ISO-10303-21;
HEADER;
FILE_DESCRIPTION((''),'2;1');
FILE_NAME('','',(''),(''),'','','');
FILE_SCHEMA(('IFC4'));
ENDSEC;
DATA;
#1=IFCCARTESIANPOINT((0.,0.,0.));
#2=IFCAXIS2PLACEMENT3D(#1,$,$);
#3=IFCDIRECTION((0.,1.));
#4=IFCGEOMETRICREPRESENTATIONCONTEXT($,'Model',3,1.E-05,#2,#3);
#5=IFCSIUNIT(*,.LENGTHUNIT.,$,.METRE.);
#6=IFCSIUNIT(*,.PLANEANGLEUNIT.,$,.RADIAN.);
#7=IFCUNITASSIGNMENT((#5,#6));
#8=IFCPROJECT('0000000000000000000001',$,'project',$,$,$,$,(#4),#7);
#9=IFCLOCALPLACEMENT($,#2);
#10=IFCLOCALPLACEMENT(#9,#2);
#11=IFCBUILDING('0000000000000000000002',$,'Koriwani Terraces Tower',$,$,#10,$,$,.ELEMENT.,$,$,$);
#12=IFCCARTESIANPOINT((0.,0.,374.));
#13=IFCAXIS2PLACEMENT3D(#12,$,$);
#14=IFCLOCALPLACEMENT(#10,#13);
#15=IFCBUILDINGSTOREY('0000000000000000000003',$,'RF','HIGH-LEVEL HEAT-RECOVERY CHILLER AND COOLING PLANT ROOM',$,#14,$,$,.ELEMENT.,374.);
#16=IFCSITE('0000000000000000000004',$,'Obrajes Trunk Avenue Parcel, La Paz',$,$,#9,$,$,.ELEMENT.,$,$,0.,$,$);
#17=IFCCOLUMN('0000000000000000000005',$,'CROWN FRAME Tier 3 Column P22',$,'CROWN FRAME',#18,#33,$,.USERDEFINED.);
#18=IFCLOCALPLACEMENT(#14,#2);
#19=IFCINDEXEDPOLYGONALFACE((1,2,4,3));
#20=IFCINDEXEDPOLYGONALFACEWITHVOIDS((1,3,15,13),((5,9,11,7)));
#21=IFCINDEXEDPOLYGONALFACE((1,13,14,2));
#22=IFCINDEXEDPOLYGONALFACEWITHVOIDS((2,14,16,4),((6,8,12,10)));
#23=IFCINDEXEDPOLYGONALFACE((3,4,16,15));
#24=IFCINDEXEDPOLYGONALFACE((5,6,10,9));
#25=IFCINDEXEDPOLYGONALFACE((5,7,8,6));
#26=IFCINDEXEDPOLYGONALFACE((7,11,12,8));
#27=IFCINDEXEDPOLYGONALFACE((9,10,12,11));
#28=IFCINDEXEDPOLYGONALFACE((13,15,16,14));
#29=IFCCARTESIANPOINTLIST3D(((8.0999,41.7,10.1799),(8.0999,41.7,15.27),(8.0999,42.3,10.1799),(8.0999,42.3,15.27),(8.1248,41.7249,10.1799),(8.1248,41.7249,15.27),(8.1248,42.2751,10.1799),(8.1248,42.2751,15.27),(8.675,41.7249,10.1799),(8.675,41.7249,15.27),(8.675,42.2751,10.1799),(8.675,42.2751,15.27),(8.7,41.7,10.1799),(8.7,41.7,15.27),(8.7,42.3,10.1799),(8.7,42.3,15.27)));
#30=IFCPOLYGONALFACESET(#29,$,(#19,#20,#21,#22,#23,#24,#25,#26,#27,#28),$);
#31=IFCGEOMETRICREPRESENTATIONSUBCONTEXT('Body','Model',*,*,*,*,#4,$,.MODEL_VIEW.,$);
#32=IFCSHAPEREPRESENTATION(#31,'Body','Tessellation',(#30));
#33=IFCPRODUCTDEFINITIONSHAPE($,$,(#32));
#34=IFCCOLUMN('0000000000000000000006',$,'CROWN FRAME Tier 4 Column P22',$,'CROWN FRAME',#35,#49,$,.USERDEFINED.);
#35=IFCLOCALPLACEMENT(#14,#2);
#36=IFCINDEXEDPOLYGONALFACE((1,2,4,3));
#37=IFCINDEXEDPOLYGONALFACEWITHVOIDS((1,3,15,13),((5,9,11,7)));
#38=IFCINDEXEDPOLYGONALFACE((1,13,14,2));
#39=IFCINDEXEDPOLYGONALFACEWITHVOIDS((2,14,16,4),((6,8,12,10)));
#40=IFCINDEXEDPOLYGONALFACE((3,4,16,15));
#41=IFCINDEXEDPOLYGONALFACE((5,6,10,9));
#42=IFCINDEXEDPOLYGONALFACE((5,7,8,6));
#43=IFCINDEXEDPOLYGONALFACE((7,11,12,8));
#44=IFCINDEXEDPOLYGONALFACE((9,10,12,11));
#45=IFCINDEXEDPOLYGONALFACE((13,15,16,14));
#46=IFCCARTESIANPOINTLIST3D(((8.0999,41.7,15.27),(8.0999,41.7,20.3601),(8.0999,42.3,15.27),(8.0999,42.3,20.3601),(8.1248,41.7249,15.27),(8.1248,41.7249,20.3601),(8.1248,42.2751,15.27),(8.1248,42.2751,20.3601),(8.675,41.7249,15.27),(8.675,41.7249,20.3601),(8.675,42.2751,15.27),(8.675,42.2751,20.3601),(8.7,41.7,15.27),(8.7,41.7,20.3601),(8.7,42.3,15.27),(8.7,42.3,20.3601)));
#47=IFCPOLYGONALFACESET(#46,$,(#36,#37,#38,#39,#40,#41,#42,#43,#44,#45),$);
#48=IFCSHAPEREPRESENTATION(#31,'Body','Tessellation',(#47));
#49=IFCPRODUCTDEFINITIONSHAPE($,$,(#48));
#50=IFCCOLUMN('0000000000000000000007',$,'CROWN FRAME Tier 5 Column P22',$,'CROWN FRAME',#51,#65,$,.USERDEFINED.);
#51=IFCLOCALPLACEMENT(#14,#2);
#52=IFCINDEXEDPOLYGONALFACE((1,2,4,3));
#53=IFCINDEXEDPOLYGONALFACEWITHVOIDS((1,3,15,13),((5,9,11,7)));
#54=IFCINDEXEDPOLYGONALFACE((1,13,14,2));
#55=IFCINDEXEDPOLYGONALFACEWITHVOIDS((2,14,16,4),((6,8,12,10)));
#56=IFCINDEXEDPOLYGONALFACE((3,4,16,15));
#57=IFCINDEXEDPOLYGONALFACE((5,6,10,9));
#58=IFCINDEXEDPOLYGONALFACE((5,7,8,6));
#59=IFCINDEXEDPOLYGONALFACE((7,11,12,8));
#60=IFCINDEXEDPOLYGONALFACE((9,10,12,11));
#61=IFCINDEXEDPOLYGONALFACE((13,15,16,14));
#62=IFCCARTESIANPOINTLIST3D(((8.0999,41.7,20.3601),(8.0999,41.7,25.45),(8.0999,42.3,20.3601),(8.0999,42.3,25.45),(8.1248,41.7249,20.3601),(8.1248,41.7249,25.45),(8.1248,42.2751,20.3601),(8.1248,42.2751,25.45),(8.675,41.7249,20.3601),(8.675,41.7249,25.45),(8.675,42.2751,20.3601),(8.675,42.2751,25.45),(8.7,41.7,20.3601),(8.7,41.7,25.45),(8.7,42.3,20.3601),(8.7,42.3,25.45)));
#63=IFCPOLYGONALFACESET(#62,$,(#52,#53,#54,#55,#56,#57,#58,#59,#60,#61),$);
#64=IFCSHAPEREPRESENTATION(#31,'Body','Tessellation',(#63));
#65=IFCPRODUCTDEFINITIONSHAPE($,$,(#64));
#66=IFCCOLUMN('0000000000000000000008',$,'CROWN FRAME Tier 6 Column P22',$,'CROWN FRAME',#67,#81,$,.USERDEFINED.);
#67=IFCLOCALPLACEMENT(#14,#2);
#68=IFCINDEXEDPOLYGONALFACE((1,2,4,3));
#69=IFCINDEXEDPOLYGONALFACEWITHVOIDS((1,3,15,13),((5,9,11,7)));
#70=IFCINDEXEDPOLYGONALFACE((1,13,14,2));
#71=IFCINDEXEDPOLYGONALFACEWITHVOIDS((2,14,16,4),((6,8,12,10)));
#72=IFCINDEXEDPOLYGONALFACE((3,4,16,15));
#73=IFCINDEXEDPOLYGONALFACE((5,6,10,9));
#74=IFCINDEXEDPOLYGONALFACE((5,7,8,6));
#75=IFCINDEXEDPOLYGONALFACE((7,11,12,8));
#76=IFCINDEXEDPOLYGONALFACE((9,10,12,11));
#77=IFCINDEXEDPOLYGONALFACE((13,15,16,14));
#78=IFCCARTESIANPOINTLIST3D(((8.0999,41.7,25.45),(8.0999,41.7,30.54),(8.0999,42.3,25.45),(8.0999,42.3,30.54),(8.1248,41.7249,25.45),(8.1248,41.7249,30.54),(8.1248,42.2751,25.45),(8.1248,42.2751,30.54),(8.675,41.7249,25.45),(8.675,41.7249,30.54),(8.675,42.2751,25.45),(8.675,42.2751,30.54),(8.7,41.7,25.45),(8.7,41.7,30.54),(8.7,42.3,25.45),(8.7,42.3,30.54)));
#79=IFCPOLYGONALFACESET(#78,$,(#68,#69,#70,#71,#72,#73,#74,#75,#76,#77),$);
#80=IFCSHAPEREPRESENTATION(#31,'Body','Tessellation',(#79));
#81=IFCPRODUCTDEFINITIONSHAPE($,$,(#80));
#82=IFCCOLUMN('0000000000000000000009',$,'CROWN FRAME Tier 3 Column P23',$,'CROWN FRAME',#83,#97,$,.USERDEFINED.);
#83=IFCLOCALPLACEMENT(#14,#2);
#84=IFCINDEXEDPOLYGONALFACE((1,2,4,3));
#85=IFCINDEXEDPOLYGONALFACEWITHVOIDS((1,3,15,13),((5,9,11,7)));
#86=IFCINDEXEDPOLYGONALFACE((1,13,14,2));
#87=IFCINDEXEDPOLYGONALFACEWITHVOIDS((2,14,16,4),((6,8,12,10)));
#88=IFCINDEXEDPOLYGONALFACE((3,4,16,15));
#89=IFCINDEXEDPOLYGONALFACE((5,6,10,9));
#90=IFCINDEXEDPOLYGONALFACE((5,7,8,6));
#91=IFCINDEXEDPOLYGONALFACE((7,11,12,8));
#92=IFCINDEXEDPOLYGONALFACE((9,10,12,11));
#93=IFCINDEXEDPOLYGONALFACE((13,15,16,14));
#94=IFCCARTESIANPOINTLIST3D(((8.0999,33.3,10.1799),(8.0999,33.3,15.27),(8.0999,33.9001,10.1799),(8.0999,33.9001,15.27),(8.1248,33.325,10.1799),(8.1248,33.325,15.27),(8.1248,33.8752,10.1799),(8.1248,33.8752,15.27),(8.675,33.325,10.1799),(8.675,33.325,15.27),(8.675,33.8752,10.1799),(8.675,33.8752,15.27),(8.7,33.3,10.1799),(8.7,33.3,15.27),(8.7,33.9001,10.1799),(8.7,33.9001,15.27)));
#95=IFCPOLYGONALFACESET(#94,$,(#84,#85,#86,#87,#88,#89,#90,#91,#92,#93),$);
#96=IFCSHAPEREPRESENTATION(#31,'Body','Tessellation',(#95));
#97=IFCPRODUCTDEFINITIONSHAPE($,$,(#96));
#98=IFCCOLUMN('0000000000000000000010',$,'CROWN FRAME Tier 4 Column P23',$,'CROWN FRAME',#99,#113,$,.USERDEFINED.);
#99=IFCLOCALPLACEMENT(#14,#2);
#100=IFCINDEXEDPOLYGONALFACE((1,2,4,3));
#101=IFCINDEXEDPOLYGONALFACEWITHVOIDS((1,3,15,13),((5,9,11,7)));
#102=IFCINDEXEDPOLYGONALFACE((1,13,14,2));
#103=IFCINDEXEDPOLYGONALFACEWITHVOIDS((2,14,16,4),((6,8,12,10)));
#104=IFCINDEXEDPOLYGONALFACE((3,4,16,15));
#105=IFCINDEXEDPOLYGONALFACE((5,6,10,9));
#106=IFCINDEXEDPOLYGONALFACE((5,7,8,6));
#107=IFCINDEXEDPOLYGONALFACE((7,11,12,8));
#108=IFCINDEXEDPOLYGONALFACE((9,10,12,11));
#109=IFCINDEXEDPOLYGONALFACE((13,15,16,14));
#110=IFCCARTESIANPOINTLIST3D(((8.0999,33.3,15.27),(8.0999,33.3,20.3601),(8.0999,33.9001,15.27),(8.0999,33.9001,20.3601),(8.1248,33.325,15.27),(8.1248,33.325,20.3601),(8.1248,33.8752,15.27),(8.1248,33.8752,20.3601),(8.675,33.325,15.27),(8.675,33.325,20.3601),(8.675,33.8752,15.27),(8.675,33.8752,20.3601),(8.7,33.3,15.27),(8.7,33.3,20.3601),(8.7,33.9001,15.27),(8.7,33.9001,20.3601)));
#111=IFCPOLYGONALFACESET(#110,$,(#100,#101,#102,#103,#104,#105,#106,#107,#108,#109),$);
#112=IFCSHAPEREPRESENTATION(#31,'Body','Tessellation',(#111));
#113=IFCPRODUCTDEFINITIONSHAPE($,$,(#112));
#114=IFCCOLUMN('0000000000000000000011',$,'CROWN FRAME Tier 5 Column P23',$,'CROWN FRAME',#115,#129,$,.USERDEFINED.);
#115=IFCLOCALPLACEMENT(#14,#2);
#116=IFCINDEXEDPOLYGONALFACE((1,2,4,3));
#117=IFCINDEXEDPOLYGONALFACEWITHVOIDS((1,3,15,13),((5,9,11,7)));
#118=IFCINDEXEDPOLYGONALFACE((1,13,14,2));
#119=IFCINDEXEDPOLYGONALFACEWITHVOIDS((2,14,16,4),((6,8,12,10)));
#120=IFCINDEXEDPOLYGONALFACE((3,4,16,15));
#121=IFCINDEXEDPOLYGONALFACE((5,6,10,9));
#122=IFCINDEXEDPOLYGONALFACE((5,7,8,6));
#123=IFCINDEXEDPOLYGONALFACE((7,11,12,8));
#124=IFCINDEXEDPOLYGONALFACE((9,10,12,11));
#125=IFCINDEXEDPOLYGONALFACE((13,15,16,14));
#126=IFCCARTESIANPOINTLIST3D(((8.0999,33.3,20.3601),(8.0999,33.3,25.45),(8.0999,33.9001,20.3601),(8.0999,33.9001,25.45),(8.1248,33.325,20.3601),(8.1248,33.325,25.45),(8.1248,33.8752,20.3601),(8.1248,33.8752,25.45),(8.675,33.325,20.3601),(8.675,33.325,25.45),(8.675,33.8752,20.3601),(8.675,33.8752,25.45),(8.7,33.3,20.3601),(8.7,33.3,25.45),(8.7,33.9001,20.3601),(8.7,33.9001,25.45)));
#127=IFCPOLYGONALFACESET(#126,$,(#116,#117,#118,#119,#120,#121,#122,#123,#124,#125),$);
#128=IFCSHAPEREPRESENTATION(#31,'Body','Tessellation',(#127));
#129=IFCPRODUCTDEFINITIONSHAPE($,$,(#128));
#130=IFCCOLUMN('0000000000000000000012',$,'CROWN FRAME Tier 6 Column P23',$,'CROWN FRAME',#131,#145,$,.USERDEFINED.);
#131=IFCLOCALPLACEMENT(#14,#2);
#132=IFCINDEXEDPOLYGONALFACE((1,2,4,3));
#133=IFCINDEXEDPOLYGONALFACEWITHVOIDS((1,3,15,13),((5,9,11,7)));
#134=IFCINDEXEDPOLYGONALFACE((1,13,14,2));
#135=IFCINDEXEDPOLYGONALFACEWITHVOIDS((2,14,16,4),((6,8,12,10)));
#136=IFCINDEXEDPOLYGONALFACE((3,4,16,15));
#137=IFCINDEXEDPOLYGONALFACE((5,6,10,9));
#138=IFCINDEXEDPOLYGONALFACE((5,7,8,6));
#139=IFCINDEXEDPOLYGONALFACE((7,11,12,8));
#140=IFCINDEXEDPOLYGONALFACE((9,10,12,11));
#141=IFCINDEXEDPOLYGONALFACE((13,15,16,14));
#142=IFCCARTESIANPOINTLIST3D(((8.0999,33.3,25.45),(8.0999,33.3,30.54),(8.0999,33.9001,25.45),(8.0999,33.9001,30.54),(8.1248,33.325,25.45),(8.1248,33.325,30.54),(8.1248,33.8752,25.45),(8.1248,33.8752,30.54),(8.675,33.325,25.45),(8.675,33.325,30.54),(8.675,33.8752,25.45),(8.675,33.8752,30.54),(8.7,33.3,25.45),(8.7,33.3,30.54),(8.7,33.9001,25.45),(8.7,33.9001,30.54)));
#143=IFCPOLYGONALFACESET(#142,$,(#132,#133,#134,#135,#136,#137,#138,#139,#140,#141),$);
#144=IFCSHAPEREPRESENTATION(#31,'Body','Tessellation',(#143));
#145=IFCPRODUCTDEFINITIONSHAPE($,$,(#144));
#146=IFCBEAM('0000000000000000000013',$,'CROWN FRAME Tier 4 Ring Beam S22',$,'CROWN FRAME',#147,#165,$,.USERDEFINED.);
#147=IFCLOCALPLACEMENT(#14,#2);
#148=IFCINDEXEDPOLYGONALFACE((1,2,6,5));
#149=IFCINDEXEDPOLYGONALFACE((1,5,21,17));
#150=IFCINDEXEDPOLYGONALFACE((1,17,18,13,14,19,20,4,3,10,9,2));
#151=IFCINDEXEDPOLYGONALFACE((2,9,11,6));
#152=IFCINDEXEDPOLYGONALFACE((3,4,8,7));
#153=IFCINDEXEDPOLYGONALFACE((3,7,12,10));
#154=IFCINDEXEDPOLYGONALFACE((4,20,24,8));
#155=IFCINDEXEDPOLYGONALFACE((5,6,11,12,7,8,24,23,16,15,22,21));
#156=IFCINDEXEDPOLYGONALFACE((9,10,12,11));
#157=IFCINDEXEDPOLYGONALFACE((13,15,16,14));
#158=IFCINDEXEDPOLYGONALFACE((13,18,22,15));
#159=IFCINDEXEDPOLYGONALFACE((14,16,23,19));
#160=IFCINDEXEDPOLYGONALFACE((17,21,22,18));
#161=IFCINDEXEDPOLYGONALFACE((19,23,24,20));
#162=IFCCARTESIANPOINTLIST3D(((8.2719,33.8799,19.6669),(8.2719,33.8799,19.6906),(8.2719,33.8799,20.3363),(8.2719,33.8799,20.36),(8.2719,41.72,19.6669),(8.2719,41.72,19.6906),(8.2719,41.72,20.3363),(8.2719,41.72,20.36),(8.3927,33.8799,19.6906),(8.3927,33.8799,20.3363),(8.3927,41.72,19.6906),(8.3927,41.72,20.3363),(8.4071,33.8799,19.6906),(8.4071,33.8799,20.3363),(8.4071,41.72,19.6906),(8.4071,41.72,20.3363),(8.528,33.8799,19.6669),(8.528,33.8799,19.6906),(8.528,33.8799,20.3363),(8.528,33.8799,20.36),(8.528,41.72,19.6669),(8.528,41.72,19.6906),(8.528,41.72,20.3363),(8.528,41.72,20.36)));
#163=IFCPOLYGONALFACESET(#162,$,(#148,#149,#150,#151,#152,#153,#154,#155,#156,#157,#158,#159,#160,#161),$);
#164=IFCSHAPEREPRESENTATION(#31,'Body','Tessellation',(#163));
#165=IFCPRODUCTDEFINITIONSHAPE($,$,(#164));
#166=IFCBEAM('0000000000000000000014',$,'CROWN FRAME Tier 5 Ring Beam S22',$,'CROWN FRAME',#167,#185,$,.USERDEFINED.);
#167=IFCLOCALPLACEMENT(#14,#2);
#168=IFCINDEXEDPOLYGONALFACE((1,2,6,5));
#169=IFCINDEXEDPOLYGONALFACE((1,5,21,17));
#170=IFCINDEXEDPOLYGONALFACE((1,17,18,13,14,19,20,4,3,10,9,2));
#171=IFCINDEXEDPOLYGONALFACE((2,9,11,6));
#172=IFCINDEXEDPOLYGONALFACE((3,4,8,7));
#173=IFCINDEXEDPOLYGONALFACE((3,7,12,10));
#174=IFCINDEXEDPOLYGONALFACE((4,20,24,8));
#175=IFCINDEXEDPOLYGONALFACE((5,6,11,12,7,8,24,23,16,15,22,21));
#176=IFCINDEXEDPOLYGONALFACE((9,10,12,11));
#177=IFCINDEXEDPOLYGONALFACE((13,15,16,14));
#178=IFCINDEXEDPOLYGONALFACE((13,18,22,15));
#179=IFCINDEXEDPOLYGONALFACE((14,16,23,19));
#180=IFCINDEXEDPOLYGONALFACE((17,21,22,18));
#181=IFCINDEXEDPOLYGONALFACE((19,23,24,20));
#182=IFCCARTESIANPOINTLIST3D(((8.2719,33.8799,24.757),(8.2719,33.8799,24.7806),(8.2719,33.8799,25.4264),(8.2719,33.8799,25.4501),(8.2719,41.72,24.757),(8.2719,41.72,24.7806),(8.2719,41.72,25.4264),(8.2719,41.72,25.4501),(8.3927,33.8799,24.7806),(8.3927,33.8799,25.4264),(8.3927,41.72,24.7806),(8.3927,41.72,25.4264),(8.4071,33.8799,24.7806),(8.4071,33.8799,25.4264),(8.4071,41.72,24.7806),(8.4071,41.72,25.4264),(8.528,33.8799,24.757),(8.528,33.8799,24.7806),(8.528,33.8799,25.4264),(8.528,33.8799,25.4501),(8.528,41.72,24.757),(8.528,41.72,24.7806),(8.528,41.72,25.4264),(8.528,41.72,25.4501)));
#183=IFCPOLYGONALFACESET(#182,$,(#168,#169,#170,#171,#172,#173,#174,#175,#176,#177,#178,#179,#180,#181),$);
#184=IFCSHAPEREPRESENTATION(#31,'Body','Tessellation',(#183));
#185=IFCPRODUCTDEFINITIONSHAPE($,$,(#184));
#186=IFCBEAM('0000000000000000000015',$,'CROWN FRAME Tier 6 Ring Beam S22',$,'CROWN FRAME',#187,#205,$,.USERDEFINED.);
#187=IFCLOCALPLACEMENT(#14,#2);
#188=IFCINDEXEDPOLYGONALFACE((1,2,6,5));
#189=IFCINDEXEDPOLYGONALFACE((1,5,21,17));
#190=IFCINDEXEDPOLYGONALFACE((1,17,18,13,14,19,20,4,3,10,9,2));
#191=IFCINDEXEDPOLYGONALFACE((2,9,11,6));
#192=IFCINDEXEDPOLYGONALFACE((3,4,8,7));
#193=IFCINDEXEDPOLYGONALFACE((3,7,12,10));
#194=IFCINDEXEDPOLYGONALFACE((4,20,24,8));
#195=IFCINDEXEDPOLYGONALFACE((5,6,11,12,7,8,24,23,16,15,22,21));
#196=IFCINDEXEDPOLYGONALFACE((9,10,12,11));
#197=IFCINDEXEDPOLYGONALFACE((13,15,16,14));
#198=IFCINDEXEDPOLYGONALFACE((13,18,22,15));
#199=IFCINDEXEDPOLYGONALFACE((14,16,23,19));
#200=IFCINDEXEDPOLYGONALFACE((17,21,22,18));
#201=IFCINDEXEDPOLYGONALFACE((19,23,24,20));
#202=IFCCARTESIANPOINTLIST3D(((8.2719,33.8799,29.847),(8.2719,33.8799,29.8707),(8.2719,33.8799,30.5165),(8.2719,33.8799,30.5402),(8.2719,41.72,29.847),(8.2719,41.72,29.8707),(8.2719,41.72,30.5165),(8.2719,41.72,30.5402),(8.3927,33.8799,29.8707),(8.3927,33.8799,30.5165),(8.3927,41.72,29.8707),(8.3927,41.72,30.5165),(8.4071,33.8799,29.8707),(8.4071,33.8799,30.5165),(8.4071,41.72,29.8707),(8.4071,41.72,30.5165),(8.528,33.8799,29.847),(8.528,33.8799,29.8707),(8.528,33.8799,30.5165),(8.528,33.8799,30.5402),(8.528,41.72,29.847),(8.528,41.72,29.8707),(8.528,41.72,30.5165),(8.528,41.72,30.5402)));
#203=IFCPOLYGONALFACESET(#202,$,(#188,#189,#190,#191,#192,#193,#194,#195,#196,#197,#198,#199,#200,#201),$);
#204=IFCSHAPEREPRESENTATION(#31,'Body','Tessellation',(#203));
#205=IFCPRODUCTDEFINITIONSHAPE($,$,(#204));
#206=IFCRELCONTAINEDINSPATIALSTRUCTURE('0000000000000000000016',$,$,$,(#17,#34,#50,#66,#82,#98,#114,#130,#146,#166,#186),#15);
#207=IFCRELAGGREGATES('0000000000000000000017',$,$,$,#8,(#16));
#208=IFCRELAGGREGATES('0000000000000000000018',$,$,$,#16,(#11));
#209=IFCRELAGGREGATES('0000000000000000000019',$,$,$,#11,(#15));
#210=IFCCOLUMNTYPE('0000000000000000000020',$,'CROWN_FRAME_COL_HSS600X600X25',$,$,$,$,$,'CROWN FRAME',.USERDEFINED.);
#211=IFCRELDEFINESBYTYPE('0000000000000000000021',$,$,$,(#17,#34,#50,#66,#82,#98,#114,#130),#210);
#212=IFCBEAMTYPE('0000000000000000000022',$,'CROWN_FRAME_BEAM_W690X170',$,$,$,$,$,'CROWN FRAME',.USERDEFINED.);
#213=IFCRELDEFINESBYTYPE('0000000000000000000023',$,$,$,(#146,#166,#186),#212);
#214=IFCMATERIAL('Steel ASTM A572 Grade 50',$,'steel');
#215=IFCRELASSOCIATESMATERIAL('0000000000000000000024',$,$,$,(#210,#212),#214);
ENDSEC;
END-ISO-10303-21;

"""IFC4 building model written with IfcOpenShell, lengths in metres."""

from ifc_helpers import new_model, si_unit, direction, frame, origin, origin_2d, place, context, subcontext, project, spatial, hollow_rectangle, i_section, extrude, material, material_profile, profile_set, type_object, element, save


model = new_model("IFC4")

# Units and contexts
model_context = context("Model", 3, precision=1e-05, world=origin(), true_north=direction((0.0, 1.0)))
body_context = subcontext(model_context, "Body", "Model", "MODEL_VIEW")
ifc_project = project(units=[si_unit("LENGTHUNIT", "METRE"), si_unit("PLANEANGLEUNIT", "RADIAN")], contexts=[model_context])

# Site, building, storey
site_placement = place(None, origin())
site = spatial("IfcSite", under=ifc_project, at=site_placement, Name="Obrajes Trunk Avenue Parcel, La Paz", CompositionType="ELEMENT", RefElevation=0.0)
building_placement = place(site_placement, origin())
building = spatial("IfcBuilding", under=site, at=building_placement, Name="Koriwani Terraces Tower", CompositionType="ELEMENT")
storey_placement = place(building_placement, frame((0.0, 0.0, 374.0)))
storey = spatial("IfcBuildingStorey", under=building, at=storey_placement, Name="RF", Description="HIGH-LEVEL HEAT-RECOVERY CHILLER AND COOLING PLANT ROOM", CompositionType="ELEMENT", Elevation=374.0)

# Columns
ifc_material_1 = material(Name="Steel ASTM A572 Grade 50", Category="steel")
ifc_material_profile_1 = material_profile(ifc_material_1, hollow_rectangle(XDim=0.6001, YDim=0.6001, WallThickness=0.0249, at=origin_2d()), Name="Steel ASTM A572 Grade 50", Category="LoadBearing")
ifc_profile_set_1 = profile_set([ifc_material_profile_1], Name="Steel ASTM A572 Grade 50")
column_type = type_object("IfcColumnType", Name="CROWN_FRAME_COL_HSS600X600X25", ElementType="CROWN FRAME", PredefinedType="USERDEFINED", material=ifc_profile_set_1)
for number, where, z_axis, x_axis, name in (
    (1, (8.3999, 42.0, 10.1799), (0.0, 0.0, 1.0), (1.0, 0.0, 0.0), "CROWN FRAME Tier 3 Column P22"),
    (2, (8.3999, 42.0, 15.27), (0.0, 0.0, 1.0), (1.0, 0.0, 0.0), "CROWN FRAME Tier 4 Column P22"),
):
    element("IfcColumn", number, at=place(storey_placement, frame(where, z_axis=z_axis, x_axis=x_axis)), inside=storey, type_object=column_type, Name=name, ObjectType="CROWN FRAME", PredefinedType="USERDEFINED", context=body_context, shape_type="SweptSolid", body=[
        extrude(hollow_rectangle(XDim=0.6001, YDim=0.6001, WallThickness=0.0249, at=origin_2d()), origin(), (0.0, 0.0, 1.0), 5.0901),
    ])
column_1_placement = place(storey_placement, frame((8.3999, 42.0, 20.3601), z_axis=(0.0, 0.0, 1.0), x_axis=(1.0, 0.0, 0.0)))
element("IfcColumn", 3, at=column_1_placement, inside=storey, type_object=column_type, Name="CROWN FRAME Tier 5 Column P22", ObjectType="CROWN FRAME", PredefinedType="USERDEFINED", context=body_context, shape_type="SweptSolid", body=[
    extrude(hollow_rectangle(XDim=0.6001, YDim=0.6001, WallThickness=0.0249, at=origin_2d()), origin(), (0.0, 0.0, 1.0), 5.0898),
])
for number, where, z_axis, x_axis, name in (
    (4, (8.3999, 42.0, 25.45), (0.0, 0.0, 1.0), (1.0, 0.0, 0.0), "CROWN FRAME Tier 6 Column P22"),
    (5, (8.3999, 33.6001, 10.1799), (0.0, 0.0, 1.0), (1.0, 0.0, 0.0), "CROWN FRAME Tier 3 Column P23"),
    (6, (8.3999, 33.6001, 15.27), (0.0, 0.0, 1.0), (1.0, 0.0, 0.0), "CROWN FRAME Tier 4 Column P23"),
):
    element("IfcColumn", number, at=place(storey_placement, frame(where, z_axis=z_axis, x_axis=x_axis)), inside=storey, type_object=column_type, Name=name, ObjectType="CROWN FRAME", PredefinedType="USERDEFINED", context=body_context, shape_type="SweptSolid", body=[
        extrude(hollow_rectangle(XDim=0.6001, YDim=0.6001, WallThickness=0.0249, at=origin_2d()), origin(), (0.0, 0.0, 1.0), 5.0901),
    ])
column_2_placement = place(storey_placement, frame((8.3999, 33.6001, 20.3601), z_axis=(0.0, 0.0, 1.0), x_axis=(1.0, 0.0, 0.0)))
element("IfcColumn", 7, at=column_2_placement, inside=storey, type_object=column_type, Name="CROWN FRAME Tier 5 Column P23", ObjectType="CROWN FRAME", PredefinedType="USERDEFINED", context=body_context, shape_type="SweptSolid", body=[
    extrude(hollow_rectangle(XDim=0.6001, YDim=0.6001, WallThickness=0.0249, at=origin_2d()), origin(), (0.0, 0.0, 1.0), 5.0898),
])
column_3_placement = place(storey_placement, frame((8.3999, 33.6001, 25.45), z_axis=(0.0, 0.0, 1.0), x_axis=(1.0, 0.0, 0.0)))
element("IfcColumn", 8, at=column_3_placement, inside=storey, type_object=column_type, Name="CROWN FRAME Tier 6 Column P23", ObjectType="CROWN FRAME", PredefinedType="USERDEFINED", context=body_context, shape_type="SweptSolid", body=[
    extrude(hollow_rectangle(XDim=0.6001, YDim=0.6001, WallThickness=0.0249, at=origin_2d()), origin(), (0.0, 0.0, 1.0), 5.0901),
])

# Beams
ifc_material_profile_2 = material_profile(ifc_material_1, i_section(OverallWidth=0.2561, OverallDepth=0.6931, WebThickness=0.0144, FlangeThickness=0.0237, at=origin_2d()), Name="Steel ASTM A572 Grade 50", Category="LoadBearing")
ifc_profile_set_2 = profile_set([ifc_material_profile_2], Name="Steel ASTM A572 Grade 50")
beam_type_1 = type_object("IfcBeamType", Name="CROWN_FRAME_BEAM_W690X170", ElementType="CROWN FRAME", PredefinedType="USERDEFINED", material=ifc_profile_set_2)
for number, where, z_axis, x_axis, name in (
    (9, (8.3999, 41.72, 20.0134), (0.0, -1.0, 0.0), (1.0, 0.0, 0.0), "CROWN FRAME Tier 4 Ring Beam S22"),
    (10, (8.3999, 41.72, 25.1035), (0.0, -1.0, 0.0), (1.0, 0.0, 0.0), "CROWN FRAME Tier 5 Ring Beam S22"),
    (11, (8.3999, 41.72, 30.1936), (0.0, -1.0, 0.0), (1.0, 0.0, 0.0), "CROWN FRAME Tier 6 Ring Beam S22"),
):
    element("IfcBeam", number, at=place(storey_placement, frame(where, z_axis=z_axis, x_axis=x_axis)), inside=storey, type_object=beam_type_1, Name=name, ObjectType="CROWN FRAME", PredefinedType="USERDEFINED", context=body_context, shape_type="SweptSolid", body=[
        extrude(i_section(OverallWidth=0.2561, OverallDepth=0.6931, WebThickness=0.0144, FlangeThickness=0.0237, at=origin_2d()), origin(), (0.0, 0.0, 1.0), 7.8401),
    ])

save(model, "model.ifc")
